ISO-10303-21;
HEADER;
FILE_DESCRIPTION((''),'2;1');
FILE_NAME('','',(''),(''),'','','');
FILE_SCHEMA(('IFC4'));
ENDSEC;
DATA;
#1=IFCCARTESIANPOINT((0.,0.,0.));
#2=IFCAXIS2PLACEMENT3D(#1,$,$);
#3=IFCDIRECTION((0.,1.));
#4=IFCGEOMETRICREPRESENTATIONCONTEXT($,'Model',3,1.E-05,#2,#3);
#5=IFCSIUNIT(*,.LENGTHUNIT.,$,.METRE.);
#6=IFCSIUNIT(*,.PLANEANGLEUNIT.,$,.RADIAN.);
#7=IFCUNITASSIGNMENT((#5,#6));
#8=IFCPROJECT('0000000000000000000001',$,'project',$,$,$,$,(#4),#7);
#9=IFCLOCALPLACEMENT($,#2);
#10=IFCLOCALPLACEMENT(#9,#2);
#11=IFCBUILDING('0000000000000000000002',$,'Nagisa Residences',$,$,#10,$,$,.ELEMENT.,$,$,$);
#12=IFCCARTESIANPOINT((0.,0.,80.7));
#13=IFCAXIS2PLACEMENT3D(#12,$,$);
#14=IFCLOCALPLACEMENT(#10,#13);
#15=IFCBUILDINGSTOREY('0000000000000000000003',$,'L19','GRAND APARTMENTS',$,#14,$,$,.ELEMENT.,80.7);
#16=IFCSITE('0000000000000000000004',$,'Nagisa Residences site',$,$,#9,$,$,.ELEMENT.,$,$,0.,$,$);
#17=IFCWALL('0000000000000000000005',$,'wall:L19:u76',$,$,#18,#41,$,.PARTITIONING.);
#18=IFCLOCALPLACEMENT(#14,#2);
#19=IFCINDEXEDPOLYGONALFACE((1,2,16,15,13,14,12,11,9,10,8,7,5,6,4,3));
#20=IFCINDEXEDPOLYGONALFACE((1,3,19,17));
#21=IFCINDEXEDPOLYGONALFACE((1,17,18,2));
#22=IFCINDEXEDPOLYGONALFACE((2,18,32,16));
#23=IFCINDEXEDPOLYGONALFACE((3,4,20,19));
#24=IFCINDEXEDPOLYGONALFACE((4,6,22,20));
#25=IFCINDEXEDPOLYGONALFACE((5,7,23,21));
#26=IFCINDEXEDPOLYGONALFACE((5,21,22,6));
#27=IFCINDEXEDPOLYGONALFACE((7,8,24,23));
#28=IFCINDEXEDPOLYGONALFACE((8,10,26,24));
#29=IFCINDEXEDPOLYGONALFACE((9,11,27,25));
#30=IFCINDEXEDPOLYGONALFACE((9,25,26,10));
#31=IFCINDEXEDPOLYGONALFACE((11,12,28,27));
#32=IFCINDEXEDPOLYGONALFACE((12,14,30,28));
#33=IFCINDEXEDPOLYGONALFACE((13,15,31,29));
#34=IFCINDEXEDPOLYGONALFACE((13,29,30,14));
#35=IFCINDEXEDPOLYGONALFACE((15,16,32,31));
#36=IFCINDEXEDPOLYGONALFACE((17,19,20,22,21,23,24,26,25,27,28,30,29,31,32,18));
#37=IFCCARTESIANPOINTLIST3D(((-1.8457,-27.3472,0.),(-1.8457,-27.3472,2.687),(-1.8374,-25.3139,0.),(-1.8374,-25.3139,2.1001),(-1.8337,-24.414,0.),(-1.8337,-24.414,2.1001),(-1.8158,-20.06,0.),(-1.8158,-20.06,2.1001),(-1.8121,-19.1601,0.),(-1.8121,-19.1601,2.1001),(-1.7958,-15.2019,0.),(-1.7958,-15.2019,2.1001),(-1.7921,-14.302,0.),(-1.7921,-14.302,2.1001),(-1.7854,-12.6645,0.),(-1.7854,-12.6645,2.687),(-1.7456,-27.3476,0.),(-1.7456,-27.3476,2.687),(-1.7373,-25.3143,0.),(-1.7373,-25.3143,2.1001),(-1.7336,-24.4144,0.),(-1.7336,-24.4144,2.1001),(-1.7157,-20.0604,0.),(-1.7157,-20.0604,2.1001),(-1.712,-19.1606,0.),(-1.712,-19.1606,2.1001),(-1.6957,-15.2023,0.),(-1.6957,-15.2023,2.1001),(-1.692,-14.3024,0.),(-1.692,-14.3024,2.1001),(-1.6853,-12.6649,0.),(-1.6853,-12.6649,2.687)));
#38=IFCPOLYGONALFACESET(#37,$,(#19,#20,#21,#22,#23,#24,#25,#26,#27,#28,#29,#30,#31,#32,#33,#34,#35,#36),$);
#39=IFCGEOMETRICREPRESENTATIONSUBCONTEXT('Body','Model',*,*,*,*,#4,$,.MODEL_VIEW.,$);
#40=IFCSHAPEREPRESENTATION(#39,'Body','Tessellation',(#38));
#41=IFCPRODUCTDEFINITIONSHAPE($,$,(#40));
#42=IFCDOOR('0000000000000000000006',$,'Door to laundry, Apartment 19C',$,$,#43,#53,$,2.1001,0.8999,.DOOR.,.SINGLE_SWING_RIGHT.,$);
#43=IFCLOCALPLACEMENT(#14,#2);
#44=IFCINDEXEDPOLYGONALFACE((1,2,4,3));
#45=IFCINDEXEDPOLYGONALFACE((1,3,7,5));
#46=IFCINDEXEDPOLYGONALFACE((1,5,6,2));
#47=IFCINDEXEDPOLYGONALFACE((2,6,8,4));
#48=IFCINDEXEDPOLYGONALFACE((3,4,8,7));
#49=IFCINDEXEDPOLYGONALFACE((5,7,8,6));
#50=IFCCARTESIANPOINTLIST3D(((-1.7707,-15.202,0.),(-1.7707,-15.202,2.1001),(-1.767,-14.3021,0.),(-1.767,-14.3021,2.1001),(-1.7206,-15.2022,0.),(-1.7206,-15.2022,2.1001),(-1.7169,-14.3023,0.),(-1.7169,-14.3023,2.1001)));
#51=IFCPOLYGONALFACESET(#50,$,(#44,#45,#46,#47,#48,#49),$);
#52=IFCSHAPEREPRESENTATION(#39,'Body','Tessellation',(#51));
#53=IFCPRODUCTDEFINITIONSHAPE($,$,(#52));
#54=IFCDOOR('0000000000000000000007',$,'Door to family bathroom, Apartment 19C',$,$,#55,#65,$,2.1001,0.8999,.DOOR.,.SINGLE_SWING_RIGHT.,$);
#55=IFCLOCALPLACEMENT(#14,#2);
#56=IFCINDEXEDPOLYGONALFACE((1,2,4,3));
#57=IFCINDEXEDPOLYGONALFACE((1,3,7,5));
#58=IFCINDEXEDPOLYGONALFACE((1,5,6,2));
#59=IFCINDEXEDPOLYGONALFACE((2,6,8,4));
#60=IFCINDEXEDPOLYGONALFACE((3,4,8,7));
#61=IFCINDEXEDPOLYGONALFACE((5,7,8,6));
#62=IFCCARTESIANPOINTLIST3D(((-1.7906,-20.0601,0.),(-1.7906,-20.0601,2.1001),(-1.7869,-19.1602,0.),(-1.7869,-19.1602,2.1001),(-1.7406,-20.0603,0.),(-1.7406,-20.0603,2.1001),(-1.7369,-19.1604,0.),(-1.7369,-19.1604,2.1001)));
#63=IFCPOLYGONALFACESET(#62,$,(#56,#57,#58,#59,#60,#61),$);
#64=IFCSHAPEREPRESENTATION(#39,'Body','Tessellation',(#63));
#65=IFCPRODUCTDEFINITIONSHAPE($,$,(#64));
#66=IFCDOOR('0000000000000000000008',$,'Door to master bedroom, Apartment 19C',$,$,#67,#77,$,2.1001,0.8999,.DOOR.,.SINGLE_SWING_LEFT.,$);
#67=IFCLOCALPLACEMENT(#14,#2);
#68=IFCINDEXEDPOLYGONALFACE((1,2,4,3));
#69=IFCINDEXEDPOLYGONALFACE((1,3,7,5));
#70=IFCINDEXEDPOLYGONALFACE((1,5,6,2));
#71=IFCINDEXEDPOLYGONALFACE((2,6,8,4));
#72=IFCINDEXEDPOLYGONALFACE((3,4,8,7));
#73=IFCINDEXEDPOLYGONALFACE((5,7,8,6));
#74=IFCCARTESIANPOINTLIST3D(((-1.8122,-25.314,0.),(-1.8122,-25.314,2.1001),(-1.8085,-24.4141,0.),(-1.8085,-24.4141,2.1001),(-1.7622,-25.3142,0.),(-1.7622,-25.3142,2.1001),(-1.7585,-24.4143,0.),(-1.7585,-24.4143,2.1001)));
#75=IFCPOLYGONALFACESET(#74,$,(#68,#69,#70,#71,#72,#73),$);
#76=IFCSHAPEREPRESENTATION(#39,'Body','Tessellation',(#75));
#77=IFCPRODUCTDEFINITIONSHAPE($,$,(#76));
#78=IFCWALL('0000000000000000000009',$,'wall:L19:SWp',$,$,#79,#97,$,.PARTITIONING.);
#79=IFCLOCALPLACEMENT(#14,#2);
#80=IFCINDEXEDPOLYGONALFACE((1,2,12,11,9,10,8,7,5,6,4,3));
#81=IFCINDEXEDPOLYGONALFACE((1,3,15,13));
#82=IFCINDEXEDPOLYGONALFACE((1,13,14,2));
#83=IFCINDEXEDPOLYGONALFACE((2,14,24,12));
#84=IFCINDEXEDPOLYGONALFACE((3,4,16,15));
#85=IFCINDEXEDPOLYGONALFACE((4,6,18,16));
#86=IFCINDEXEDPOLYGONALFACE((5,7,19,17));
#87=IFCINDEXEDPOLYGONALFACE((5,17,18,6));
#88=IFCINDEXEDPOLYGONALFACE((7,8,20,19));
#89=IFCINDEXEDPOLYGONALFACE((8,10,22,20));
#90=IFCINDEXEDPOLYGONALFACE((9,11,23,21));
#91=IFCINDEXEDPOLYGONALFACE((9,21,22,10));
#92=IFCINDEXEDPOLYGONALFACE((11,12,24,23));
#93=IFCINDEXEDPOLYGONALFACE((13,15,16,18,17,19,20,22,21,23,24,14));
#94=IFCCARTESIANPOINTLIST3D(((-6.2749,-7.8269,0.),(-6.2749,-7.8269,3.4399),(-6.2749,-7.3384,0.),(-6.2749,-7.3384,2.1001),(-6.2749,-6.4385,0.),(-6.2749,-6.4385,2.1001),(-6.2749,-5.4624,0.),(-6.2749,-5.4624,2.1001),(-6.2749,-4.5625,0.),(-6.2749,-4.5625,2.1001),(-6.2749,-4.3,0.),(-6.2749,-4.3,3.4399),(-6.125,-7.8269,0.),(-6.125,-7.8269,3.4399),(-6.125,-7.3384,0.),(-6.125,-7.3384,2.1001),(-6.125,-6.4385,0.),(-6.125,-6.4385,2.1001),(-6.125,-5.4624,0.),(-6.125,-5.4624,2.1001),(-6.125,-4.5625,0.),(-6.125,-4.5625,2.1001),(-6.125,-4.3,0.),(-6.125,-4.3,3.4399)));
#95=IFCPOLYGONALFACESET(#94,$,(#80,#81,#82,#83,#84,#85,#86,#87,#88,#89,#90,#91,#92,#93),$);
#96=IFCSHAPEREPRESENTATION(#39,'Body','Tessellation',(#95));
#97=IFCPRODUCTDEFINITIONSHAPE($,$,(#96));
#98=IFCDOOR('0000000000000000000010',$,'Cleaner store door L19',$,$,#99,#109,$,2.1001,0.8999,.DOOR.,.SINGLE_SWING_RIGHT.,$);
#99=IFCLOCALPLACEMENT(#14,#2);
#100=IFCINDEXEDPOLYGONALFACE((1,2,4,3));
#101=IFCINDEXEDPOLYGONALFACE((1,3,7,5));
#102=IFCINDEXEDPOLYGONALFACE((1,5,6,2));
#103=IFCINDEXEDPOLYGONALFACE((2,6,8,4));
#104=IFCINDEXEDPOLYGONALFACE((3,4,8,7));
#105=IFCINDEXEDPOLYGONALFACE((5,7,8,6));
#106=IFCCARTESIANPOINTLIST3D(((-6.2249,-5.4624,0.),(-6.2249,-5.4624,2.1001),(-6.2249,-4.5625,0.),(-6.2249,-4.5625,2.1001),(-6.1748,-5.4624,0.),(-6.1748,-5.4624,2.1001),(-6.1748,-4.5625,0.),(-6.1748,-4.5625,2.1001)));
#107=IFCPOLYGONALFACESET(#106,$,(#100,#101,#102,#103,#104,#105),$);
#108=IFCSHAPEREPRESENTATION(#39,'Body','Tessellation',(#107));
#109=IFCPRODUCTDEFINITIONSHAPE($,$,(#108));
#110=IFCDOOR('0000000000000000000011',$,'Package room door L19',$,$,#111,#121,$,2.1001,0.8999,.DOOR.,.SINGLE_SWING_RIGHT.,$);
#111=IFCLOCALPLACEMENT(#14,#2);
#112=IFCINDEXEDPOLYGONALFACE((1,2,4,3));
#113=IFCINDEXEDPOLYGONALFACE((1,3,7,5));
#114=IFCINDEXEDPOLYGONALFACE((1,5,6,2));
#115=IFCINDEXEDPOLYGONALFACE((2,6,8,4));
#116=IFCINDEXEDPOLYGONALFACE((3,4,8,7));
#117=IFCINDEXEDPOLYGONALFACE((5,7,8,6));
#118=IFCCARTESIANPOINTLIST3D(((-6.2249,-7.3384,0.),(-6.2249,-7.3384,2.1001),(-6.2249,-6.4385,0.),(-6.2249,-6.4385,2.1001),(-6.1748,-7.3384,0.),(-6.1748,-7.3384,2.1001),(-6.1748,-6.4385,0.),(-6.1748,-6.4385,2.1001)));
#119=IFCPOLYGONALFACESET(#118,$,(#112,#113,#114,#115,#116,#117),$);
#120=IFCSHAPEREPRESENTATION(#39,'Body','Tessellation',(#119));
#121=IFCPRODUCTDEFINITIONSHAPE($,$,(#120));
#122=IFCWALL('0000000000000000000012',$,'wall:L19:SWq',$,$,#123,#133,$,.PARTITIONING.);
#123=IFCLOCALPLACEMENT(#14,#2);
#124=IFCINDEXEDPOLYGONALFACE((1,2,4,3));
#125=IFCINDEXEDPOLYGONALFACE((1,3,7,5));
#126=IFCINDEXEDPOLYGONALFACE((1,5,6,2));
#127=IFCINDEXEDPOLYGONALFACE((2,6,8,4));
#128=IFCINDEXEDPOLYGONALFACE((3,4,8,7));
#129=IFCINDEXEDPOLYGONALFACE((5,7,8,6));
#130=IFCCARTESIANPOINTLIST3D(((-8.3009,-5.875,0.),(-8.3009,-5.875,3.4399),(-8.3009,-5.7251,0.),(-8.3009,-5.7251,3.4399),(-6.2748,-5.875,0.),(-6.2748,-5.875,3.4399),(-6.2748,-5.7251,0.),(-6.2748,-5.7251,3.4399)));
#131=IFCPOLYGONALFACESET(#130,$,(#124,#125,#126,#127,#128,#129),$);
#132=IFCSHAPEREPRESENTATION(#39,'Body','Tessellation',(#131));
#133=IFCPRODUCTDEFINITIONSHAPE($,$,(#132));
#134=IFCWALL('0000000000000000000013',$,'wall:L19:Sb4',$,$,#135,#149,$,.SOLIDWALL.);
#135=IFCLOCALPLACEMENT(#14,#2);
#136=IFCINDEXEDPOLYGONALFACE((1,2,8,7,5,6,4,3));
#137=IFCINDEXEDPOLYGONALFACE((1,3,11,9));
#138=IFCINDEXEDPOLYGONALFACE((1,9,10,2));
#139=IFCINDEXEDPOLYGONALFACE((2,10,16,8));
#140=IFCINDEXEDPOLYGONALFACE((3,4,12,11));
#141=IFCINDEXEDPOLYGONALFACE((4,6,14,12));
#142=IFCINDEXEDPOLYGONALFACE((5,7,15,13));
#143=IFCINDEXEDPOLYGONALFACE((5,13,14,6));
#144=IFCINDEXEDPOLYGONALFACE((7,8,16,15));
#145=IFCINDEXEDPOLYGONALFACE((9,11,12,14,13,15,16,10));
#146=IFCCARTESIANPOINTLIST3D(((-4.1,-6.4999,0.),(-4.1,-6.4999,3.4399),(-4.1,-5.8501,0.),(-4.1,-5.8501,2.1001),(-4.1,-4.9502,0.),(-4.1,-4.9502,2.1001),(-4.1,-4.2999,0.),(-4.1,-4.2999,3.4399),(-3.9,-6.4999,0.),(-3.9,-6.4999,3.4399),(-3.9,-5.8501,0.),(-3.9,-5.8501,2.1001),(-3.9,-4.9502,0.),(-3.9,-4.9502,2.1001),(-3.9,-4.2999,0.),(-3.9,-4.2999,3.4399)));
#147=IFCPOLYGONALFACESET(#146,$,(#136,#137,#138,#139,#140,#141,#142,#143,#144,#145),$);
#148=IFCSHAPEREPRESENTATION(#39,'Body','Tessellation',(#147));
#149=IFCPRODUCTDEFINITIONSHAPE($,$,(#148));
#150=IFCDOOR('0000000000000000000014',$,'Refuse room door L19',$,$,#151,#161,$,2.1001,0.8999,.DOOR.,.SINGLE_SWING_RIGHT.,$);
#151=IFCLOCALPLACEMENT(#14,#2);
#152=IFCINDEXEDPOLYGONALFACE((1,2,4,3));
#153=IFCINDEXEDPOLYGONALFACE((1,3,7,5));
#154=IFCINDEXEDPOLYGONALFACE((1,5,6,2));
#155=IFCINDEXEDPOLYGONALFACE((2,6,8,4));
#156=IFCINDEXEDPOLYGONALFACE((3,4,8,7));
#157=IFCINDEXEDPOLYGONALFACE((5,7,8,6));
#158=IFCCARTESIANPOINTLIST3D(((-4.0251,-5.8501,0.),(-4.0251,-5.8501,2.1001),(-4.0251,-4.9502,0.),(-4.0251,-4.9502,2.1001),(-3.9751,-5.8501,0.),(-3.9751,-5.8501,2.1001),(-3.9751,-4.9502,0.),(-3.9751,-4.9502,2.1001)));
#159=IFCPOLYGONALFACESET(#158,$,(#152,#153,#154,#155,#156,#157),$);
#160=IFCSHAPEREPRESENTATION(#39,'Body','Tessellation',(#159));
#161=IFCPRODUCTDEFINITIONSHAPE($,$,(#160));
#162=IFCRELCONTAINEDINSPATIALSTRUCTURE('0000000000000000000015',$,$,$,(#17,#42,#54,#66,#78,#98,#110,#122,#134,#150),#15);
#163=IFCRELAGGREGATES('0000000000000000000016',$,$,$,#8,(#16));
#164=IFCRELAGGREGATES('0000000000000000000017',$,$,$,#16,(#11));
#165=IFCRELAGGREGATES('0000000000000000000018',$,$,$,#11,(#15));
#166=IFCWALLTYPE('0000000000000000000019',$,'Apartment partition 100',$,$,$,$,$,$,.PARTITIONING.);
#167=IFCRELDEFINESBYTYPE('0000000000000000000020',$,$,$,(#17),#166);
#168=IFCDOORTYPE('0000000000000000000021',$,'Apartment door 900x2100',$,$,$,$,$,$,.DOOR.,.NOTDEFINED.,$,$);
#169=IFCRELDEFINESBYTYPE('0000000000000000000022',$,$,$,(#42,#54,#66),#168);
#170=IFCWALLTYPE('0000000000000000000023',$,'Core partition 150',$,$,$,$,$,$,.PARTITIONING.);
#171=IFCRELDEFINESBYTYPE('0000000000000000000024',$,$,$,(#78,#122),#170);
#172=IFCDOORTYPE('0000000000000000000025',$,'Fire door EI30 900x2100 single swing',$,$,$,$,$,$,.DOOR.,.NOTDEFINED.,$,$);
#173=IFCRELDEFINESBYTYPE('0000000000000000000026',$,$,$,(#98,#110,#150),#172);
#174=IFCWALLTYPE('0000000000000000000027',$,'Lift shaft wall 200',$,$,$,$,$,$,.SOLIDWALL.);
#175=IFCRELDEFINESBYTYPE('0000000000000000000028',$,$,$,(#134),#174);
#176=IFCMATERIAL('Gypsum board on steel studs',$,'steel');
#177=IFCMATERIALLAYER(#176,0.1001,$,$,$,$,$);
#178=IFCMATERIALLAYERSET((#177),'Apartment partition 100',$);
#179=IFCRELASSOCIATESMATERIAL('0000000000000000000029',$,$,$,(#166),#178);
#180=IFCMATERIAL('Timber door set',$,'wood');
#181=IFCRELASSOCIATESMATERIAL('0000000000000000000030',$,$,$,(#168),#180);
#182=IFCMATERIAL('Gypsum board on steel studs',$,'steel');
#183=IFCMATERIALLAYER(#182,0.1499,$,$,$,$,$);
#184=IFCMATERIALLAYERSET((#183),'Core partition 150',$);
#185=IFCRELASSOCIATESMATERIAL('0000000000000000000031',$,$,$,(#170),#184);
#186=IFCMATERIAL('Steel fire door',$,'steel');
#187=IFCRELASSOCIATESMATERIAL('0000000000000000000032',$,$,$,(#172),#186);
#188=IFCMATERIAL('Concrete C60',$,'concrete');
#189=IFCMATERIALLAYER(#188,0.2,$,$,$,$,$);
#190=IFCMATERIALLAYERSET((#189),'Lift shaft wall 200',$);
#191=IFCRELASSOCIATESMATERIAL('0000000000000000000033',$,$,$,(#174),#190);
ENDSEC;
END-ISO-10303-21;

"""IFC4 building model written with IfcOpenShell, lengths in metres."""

from ifc_helpers import new_model, si_unit, direction, frame, frame_2d, origin, place, context, subcontext, project, spatial, rectangle, extrude, material, layer, layer_set, type_object, element, fill, save


model = new_model("IFC4")

# Units and contexts
model_context = context("Model", 3, precision=1e-05, world=origin(), true_north=direction((0.0, 1.0)))
body_context = subcontext(model_context, "Body", "Model", "MODEL_VIEW")
ifc_project = project(units=[si_unit("LENGTHUNIT", "METRE"), si_unit("PLANEANGLEUNIT", "RADIAN")], contexts=[model_context])

# Site, building, storey
site_placement = place(None, origin())
site = spatial("IfcSite", under=ifc_project, at=site_placement, Name="Nagisa Residences site", CompositionType="ELEMENT", RefElevation=0.0)
building_placement = place(site_placement, origin())
building = spatial("IfcBuilding", under=site, at=building_placement, Name="Nagisa Residences", CompositionType="ELEMENT")
storey_placement = place(building_placement, frame((0.0, 0.0, 80.7)))
storey = spatial("IfcBuildingStorey", under=building, at=storey_placement, Name="L19", Description="GRAND APARTMENTS", CompositionType="ELEMENT", Elevation=80.7)

# Shared definitions
ifc_material_1 = material(Name="Gypsum board on steel studs", Category="steel")
ifc_layer_1 = layer(ifc_material_1, 0.1001)
ifc_layer_set_1 = layer_set([ifc_layer_1], Name="Apartment partition 100")
wall_type_1 = type_object("IfcWallType", Name="Apartment partition 100", PredefinedType="PARTITIONING", material=ifc_layer_set_1)

# Shared definitions
ifc_material_2 = material(Name="Timber door set", Category="wood")
door_type_1 = type_object("IfcDoorType", Name="Apartment door 900x2100", OperationType="NOTDEFINED", PredefinedType="DOOR", material=ifc_material_2)

# Walls, openings, doors
wall_1_placement = place(storey_placement, frame((-1.7354, -12.6648, 0.0), z_axis=(0.0, 0.0, 1.0), x_axis=(-0.004107, -0.999992, 0.0)))
wall_1 = element("IfcWall", 1, at=wall_1_placement, inside=storey, type_object=wall_type_1, Name="wall:L19:u76", PredefinedType="PARTITIONING", context=body_context, shape_type="SweptSolid", body=[
    extrude(rectangle(XDim=14.6829, YDim=0.1001, at=frame_2d((7.3413, 0.0))), origin(), (0.0, 0.0, 1.0), 2.687),
])
opening_1_placement = place(wall_1_placement, frame((1.6375, 0.0, 0.0)))
opening_1 = element("IfcOpeningElement", 2, at=opening_1_placement, cuts=wall_1, PredefinedType="OPENING", context=body_context, shape_type="SweptSolid", body=[
    extrude(rectangle(XDim=0.8999, YDim=2.1001, at=frame_2d((0.45, 1.05))), frame((0.0, 0.0601, 0.0), z_axis=(0.0, -1.0, 0.0), x_axis=(1.0, 0.0, 0.0)), (0.0, 0.0, 1.0), 0.1201),
])
opening_2_placement = place(wall_1_placement, frame((6.4956, 0.0, 0.0)))
opening_2 = element("IfcOpeningElement", 3, at=opening_2_placement, cuts=wall_1, PredefinedType="OPENING", context=body_context, shape_type="SweptSolid", body=[
    extrude(rectangle(XDim=0.8999, YDim=2.1001, at=frame_2d((0.45, 1.05))), frame((0.0, 0.0601, 0.0), z_axis=(0.0, -1.0, 0.0), x_axis=(1.0, 0.0, 0.0)), (0.0, 0.0, 1.0), 0.1201),
])
opening_3_placement = place(wall_1_placement, frame((11.7495, 0.0, 0.0)))
opening_3 = element("IfcOpeningElement", 4, at=opening_3_placement, cuts=wall_1, PredefinedType="OPENING", context=body_context, shape_type="SweptSolid", body=[
    extrude(rectangle(XDim=0.8999, YDim=2.1001, at=frame_2d((0.45, 1.05))), frame((0.0, 0.0601, 0.0), z_axis=(0.0, -1.0, 0.0), x_axis=(1.0, 0.0, 0.0)), (0.0, 0.0, 1.0), 0.1201),
])
door_1_placement = place(opening_1_placement, frame((0.8999, 0.0, 0.0), x_axis=(-1.0, 0.0, 0.0)))
door_1 = element("IfcDoor", 5, at=door_1_placement, inside=storey, type_object=door_type_1, Name="Door to laundry, Apartment 19C", OperationType="SINGLE_SWING_RIGHT", OverallHeight=2.1001, OverallWidth=0.8999, PredefinedType="DOOR", context=body_context, shape_type="SweptSolid", body=[
    extrude(rectangle(XDim=0.8999, YDim=2.1001, at=frame_2d((0.45, 1.05))), frame((0.0, 0.0249, 0.0), z_axis=(0.0, -1.0, 0.0), x_axis=(1.0, 0.0, 0.0)), (0.0, 0.0, 1.0), 0.05),
])
fill(opening_1, door_1)
door_2_placement = place(opening_2_placement, frame((0.8999, 0.0, 0.0), x_axis=(-1.0, 0.0, 0.0)))
door_2 = element("IfcDoor", 6, at=door_2_placement, inside=storey, type_object=door_type_1, Name="Door to family bathroom, Apartment 19C", OperationType="SINGLE_SWING_RIGHT", OverallHeight=2.1001, OverallWidth=0.8999, PredefinedType="DOOR", context=body_context, shape_type="SweptSolid", body=[
    extrude(rectangle(XDim=0.8999, YDim=2.1001, at=frame_2d((0.45, 1.05))), frame((0.0, 0.0249, 0.0), z_axis=(0.0, -1.0, 0.0), x_axis=(1.0, 0.0, 0.0)), (0.0, 0.0, 1.0), 0.05),
])
fill(opening_2, door_2)
door_3_placement = place(opening_3_placement, frame((0.8999, 0.0, 0.0), x_axis=(-1.0, 0.0, 0.0)))
door_3 = element("IfcDoor", 7, at=door_3_placement, inside=storey, type_object=door_type_1, Name="Door to master bedroom, Apartment 19C", OperationType="SINGLE_SWING_LEFT", OverallHeight=2.1001, OverallWidth=0.8999, PredefinedType="DOOR", context=body_context, shape_type="SweptSolid", body=[
    extrude(rectangle(XDim=0.8999, YDim=2.1001, at=frame_2d((0.45, 1.05))), frame((0.0, 0.0249, 0.0), z_axis=(0.0, -1.0, 0.0), x_axis=(1.0, 0.0, 0.0)), (0.0, 0.0, 1.0), 0.05),
])
fill(opening_3, door_3)
ifc_material_3 = material(Name="Gypsum board on steel studs", Category="steel")
ifc_layer_2 = layer(ifc_material_3, 0.1499)
ifc_layer_set_2 = layer_set([ifc_layer_2], Name="Core partition 150")
wall_type_2 = type_object("IfcWallType", Name="Core partition 150", PredefinedType="PARTITIONING", material=ifc_layer_set_2)
wall_2_placement = place(storey_placement, frame((-6.2, -7.8269, 0.0), z_axis=(0.0, 0.0, 1.0), x_axis=(0.0, 1.0, 0.0)))
wall_2 = element("IfcWall", 8, at=wall_2_placement, inside=storey, type_object=wall_type_2, Name="wall:L19:SWp", PredefinedType="PARTITIONING", context=body_context, shape_type="SweptSolid", body=[
    extrude(rectangle(XDim=3.5269, YDim=0.1499, at=frame_2d((1.7634, 0.0))), origin(), (0.0, 0.0, 1.0), 3.4399),
])
opening_4_placement = place(wall_2_placement, frame((2.3645, 0.0, 0.0)))
opening_4 = element("IfcOpeningElement", 9, at=opening_4_placement, cuts=wall_2, PredefinedType="OPENING", context=body_context, shape_type="SweptSolid", body=[
    extrude(rectangle(XDim=0.8999, YDim=2.1001, at=frame_2d((0.45, 1.05))), frame((0.0, 0.085, 0.0), z_axis=(0.0, -1.0, 0.0), x_axis=(1.0, 0.0, 0.0)), (0.0, 0.0, 1.0), 0.1699),
])
opening_5_placement = place(wall_2_placement, frame((0.4885, 0.0, 0.0)))
opening_5 = element("IfcOpeningElement", 10, at=opening_5_placement, cuts=wall_2, PredefinedType="OPENING", context=body_context, shape_type="SweptSolid", body=[
    extrude(rectangle(XDim=0.8999, YDim=2.1001, at=frame_2d((0.45, 1.05))), frame((0.0, 0.085, 0.0), z_axis=(0.0, -1.0, 0.0), x_axis=(1.0, 0.0, 0.0)), (0.0, 0.0, 1.0), 0.1699),
])
ifc_material_4 = material(Name="Steel fire door", Category="steel")
door_type_2 = type_object("IfcDoorType", Name="Fire door EI30 900x2100 single swing", OperationType="NOTDEFINED", PredefinedType="DOOR", material=ifc_material_4)
door_4_placement = place(opening_4_placement, origin())
door_4 = element("IfcDoor", 11, at=door_4_placement, inside=storey, type_object=door_type_2, Name="Cleaner store door L19", OperationType="SINGLE_SWING_RIGHT", OverallHeight=2.1001, OverallWidth=0.8999, PredefinedType="DOOR", context=body_context, shape_type="SweptSolid", body=[
    extrude(rectangle(XDim=0.8999, YDim=2.1001, at=frame_2d((0.45, 1.05))), frame((0.0, 0.0249, 0.0), z_axis=(0.0, -1.0, 0.0), x_axis=(1.0, 0.0, 0.0)), (0.0, 0.0, 1.0), 0.05),
])
fill(opening_4, door_4)
door_5_placement = place(opening_5_placement, origin())
door_5 = element("IfcDoor", 12, at=door_5_placement, inside=storey, type_object=door_type_2, Name="Package room door L19", OperationType="SINGLE_SWING_RIGHT", OverallHeight=2.1001, OverallWidth=0.8999, PredefinedType="DOOR", context=body_context, shape_type="SweptSolid", body=[
    extrude(rectangle(XDim=0.8999, YDim=2.1001, at=frame_2d((0.45, 1.05))), frame((0.0, 0.0249, 0.0), z_axis=(0.0, -1.0, 0.0), x_axis=(1.0, 0.0, 0.0)), (0.0, 0.0, 1.0), 0.05),
])
fill(opening_5, door_5)

# Wall
wall_3_placement = place(storey_placement, frame((-8.301, -5.8, 0.0), z_axis=(0.0, 0.0, 1.0), x_axis=(1.0, 0.0, 0.0)))
element("IfcWall", 13, at=wall_3_placement, inside=storey, type_object=wall_type_2, Name="wall:L19:SWq", PredefinedType="PARTITIONING", context=body_context, shape_type="SweptSolid", body=[
    extrude(rectangle(XDim=2.0261, YDim=0.1499, at=frame_2d((1.0132, 0.0))), origin(), (0.0, 0.0, 1.0), 3.4399),
])

# Wall, opening, door
ifc_material_5 = material(Name="Concrete C60", Category="concrete")
ifc_layer_3 = layer(ifc_material_5, 0.2)
ifc_layer_set_3 = layer_set([ifc_layer_3], Name="Lift shaft wall 200")
wall_type_3 = type_object("IfcWallType", Name="Lift shaft wall 200", PredefinedType="SOLIDWALL", material=ifc_layer_set_3)
wall_4_placement = place(storey_placement, frame((-4.0, -6.5, 0.0), z_axis=(0.0, 0.0, 1.0), x_axis=(0.0, 1.0, 0.0)))
wall_4 = element("IfcWall", 14, at=wall_4_placement, inside=storey, type_object=wall_type_3, Name="wall:L19:Sb4", PredefinedType="SOLIDWALL", context=body_context, shape_type="SweptSolid", body=[
    extrude(rectangle(XDim=2.2, YDim=0.2, at=frame_2d((1.1001, 0.0))), origin(), (0.0, 0.0, 1.0), 3.4399),
])
opening_6_placement = place(wall_4_placement, frame((0.6499, 0.0, 0.0)))
opening_6 = element("IfcOpeningElement", 15, at=opening_6_placement, cuts=wall_4, PredefinedType="OPENING", context=body_context, shape_type="SweptSolid", body=[
    extrude(rectangle(XDim=0.8999, YDim=2.1001, at=frame_2d((0.45, 1.05))), frame((0.0, 0.1099, 0.0), z_axis=(0.0, -1.0, 0.0), x_axis=(1.0, 0.0, 0.0)), (0.0, 0.0, 1.0), 0.22),
])
door_6_placement = place(opening_6_placement, frame((0.8999, 0.0, 0.0), x_axis=(-1.0, 0.0, 0.0)))
door_6 = element("IfcDoor", 16, at=door_6_placement, inside=storey, type_object=door_type_2, Name="Refuse room door L19", OperationType="SINGLE_SWING_RIGHT", OverallHeight=2.1001, OverallWidth=0.8999, PredefinedType="DOOR", context=body_context, shape_type="SweptSolid", body=[
    extrude(rectangle(XDim=0.8999, YDim=2.1001, at=frame_2d((0.45, 1.05))), frame((0.0, 0.0249, 0.0), z_axis=(0.0, -1.0, 0.0), x_axis=(1.0, 0.0, 0.0)), (0.0, 0.0, 1.0), 0.05),
])
fill(opening_6, door_6)

save(model, "model.ifc")
